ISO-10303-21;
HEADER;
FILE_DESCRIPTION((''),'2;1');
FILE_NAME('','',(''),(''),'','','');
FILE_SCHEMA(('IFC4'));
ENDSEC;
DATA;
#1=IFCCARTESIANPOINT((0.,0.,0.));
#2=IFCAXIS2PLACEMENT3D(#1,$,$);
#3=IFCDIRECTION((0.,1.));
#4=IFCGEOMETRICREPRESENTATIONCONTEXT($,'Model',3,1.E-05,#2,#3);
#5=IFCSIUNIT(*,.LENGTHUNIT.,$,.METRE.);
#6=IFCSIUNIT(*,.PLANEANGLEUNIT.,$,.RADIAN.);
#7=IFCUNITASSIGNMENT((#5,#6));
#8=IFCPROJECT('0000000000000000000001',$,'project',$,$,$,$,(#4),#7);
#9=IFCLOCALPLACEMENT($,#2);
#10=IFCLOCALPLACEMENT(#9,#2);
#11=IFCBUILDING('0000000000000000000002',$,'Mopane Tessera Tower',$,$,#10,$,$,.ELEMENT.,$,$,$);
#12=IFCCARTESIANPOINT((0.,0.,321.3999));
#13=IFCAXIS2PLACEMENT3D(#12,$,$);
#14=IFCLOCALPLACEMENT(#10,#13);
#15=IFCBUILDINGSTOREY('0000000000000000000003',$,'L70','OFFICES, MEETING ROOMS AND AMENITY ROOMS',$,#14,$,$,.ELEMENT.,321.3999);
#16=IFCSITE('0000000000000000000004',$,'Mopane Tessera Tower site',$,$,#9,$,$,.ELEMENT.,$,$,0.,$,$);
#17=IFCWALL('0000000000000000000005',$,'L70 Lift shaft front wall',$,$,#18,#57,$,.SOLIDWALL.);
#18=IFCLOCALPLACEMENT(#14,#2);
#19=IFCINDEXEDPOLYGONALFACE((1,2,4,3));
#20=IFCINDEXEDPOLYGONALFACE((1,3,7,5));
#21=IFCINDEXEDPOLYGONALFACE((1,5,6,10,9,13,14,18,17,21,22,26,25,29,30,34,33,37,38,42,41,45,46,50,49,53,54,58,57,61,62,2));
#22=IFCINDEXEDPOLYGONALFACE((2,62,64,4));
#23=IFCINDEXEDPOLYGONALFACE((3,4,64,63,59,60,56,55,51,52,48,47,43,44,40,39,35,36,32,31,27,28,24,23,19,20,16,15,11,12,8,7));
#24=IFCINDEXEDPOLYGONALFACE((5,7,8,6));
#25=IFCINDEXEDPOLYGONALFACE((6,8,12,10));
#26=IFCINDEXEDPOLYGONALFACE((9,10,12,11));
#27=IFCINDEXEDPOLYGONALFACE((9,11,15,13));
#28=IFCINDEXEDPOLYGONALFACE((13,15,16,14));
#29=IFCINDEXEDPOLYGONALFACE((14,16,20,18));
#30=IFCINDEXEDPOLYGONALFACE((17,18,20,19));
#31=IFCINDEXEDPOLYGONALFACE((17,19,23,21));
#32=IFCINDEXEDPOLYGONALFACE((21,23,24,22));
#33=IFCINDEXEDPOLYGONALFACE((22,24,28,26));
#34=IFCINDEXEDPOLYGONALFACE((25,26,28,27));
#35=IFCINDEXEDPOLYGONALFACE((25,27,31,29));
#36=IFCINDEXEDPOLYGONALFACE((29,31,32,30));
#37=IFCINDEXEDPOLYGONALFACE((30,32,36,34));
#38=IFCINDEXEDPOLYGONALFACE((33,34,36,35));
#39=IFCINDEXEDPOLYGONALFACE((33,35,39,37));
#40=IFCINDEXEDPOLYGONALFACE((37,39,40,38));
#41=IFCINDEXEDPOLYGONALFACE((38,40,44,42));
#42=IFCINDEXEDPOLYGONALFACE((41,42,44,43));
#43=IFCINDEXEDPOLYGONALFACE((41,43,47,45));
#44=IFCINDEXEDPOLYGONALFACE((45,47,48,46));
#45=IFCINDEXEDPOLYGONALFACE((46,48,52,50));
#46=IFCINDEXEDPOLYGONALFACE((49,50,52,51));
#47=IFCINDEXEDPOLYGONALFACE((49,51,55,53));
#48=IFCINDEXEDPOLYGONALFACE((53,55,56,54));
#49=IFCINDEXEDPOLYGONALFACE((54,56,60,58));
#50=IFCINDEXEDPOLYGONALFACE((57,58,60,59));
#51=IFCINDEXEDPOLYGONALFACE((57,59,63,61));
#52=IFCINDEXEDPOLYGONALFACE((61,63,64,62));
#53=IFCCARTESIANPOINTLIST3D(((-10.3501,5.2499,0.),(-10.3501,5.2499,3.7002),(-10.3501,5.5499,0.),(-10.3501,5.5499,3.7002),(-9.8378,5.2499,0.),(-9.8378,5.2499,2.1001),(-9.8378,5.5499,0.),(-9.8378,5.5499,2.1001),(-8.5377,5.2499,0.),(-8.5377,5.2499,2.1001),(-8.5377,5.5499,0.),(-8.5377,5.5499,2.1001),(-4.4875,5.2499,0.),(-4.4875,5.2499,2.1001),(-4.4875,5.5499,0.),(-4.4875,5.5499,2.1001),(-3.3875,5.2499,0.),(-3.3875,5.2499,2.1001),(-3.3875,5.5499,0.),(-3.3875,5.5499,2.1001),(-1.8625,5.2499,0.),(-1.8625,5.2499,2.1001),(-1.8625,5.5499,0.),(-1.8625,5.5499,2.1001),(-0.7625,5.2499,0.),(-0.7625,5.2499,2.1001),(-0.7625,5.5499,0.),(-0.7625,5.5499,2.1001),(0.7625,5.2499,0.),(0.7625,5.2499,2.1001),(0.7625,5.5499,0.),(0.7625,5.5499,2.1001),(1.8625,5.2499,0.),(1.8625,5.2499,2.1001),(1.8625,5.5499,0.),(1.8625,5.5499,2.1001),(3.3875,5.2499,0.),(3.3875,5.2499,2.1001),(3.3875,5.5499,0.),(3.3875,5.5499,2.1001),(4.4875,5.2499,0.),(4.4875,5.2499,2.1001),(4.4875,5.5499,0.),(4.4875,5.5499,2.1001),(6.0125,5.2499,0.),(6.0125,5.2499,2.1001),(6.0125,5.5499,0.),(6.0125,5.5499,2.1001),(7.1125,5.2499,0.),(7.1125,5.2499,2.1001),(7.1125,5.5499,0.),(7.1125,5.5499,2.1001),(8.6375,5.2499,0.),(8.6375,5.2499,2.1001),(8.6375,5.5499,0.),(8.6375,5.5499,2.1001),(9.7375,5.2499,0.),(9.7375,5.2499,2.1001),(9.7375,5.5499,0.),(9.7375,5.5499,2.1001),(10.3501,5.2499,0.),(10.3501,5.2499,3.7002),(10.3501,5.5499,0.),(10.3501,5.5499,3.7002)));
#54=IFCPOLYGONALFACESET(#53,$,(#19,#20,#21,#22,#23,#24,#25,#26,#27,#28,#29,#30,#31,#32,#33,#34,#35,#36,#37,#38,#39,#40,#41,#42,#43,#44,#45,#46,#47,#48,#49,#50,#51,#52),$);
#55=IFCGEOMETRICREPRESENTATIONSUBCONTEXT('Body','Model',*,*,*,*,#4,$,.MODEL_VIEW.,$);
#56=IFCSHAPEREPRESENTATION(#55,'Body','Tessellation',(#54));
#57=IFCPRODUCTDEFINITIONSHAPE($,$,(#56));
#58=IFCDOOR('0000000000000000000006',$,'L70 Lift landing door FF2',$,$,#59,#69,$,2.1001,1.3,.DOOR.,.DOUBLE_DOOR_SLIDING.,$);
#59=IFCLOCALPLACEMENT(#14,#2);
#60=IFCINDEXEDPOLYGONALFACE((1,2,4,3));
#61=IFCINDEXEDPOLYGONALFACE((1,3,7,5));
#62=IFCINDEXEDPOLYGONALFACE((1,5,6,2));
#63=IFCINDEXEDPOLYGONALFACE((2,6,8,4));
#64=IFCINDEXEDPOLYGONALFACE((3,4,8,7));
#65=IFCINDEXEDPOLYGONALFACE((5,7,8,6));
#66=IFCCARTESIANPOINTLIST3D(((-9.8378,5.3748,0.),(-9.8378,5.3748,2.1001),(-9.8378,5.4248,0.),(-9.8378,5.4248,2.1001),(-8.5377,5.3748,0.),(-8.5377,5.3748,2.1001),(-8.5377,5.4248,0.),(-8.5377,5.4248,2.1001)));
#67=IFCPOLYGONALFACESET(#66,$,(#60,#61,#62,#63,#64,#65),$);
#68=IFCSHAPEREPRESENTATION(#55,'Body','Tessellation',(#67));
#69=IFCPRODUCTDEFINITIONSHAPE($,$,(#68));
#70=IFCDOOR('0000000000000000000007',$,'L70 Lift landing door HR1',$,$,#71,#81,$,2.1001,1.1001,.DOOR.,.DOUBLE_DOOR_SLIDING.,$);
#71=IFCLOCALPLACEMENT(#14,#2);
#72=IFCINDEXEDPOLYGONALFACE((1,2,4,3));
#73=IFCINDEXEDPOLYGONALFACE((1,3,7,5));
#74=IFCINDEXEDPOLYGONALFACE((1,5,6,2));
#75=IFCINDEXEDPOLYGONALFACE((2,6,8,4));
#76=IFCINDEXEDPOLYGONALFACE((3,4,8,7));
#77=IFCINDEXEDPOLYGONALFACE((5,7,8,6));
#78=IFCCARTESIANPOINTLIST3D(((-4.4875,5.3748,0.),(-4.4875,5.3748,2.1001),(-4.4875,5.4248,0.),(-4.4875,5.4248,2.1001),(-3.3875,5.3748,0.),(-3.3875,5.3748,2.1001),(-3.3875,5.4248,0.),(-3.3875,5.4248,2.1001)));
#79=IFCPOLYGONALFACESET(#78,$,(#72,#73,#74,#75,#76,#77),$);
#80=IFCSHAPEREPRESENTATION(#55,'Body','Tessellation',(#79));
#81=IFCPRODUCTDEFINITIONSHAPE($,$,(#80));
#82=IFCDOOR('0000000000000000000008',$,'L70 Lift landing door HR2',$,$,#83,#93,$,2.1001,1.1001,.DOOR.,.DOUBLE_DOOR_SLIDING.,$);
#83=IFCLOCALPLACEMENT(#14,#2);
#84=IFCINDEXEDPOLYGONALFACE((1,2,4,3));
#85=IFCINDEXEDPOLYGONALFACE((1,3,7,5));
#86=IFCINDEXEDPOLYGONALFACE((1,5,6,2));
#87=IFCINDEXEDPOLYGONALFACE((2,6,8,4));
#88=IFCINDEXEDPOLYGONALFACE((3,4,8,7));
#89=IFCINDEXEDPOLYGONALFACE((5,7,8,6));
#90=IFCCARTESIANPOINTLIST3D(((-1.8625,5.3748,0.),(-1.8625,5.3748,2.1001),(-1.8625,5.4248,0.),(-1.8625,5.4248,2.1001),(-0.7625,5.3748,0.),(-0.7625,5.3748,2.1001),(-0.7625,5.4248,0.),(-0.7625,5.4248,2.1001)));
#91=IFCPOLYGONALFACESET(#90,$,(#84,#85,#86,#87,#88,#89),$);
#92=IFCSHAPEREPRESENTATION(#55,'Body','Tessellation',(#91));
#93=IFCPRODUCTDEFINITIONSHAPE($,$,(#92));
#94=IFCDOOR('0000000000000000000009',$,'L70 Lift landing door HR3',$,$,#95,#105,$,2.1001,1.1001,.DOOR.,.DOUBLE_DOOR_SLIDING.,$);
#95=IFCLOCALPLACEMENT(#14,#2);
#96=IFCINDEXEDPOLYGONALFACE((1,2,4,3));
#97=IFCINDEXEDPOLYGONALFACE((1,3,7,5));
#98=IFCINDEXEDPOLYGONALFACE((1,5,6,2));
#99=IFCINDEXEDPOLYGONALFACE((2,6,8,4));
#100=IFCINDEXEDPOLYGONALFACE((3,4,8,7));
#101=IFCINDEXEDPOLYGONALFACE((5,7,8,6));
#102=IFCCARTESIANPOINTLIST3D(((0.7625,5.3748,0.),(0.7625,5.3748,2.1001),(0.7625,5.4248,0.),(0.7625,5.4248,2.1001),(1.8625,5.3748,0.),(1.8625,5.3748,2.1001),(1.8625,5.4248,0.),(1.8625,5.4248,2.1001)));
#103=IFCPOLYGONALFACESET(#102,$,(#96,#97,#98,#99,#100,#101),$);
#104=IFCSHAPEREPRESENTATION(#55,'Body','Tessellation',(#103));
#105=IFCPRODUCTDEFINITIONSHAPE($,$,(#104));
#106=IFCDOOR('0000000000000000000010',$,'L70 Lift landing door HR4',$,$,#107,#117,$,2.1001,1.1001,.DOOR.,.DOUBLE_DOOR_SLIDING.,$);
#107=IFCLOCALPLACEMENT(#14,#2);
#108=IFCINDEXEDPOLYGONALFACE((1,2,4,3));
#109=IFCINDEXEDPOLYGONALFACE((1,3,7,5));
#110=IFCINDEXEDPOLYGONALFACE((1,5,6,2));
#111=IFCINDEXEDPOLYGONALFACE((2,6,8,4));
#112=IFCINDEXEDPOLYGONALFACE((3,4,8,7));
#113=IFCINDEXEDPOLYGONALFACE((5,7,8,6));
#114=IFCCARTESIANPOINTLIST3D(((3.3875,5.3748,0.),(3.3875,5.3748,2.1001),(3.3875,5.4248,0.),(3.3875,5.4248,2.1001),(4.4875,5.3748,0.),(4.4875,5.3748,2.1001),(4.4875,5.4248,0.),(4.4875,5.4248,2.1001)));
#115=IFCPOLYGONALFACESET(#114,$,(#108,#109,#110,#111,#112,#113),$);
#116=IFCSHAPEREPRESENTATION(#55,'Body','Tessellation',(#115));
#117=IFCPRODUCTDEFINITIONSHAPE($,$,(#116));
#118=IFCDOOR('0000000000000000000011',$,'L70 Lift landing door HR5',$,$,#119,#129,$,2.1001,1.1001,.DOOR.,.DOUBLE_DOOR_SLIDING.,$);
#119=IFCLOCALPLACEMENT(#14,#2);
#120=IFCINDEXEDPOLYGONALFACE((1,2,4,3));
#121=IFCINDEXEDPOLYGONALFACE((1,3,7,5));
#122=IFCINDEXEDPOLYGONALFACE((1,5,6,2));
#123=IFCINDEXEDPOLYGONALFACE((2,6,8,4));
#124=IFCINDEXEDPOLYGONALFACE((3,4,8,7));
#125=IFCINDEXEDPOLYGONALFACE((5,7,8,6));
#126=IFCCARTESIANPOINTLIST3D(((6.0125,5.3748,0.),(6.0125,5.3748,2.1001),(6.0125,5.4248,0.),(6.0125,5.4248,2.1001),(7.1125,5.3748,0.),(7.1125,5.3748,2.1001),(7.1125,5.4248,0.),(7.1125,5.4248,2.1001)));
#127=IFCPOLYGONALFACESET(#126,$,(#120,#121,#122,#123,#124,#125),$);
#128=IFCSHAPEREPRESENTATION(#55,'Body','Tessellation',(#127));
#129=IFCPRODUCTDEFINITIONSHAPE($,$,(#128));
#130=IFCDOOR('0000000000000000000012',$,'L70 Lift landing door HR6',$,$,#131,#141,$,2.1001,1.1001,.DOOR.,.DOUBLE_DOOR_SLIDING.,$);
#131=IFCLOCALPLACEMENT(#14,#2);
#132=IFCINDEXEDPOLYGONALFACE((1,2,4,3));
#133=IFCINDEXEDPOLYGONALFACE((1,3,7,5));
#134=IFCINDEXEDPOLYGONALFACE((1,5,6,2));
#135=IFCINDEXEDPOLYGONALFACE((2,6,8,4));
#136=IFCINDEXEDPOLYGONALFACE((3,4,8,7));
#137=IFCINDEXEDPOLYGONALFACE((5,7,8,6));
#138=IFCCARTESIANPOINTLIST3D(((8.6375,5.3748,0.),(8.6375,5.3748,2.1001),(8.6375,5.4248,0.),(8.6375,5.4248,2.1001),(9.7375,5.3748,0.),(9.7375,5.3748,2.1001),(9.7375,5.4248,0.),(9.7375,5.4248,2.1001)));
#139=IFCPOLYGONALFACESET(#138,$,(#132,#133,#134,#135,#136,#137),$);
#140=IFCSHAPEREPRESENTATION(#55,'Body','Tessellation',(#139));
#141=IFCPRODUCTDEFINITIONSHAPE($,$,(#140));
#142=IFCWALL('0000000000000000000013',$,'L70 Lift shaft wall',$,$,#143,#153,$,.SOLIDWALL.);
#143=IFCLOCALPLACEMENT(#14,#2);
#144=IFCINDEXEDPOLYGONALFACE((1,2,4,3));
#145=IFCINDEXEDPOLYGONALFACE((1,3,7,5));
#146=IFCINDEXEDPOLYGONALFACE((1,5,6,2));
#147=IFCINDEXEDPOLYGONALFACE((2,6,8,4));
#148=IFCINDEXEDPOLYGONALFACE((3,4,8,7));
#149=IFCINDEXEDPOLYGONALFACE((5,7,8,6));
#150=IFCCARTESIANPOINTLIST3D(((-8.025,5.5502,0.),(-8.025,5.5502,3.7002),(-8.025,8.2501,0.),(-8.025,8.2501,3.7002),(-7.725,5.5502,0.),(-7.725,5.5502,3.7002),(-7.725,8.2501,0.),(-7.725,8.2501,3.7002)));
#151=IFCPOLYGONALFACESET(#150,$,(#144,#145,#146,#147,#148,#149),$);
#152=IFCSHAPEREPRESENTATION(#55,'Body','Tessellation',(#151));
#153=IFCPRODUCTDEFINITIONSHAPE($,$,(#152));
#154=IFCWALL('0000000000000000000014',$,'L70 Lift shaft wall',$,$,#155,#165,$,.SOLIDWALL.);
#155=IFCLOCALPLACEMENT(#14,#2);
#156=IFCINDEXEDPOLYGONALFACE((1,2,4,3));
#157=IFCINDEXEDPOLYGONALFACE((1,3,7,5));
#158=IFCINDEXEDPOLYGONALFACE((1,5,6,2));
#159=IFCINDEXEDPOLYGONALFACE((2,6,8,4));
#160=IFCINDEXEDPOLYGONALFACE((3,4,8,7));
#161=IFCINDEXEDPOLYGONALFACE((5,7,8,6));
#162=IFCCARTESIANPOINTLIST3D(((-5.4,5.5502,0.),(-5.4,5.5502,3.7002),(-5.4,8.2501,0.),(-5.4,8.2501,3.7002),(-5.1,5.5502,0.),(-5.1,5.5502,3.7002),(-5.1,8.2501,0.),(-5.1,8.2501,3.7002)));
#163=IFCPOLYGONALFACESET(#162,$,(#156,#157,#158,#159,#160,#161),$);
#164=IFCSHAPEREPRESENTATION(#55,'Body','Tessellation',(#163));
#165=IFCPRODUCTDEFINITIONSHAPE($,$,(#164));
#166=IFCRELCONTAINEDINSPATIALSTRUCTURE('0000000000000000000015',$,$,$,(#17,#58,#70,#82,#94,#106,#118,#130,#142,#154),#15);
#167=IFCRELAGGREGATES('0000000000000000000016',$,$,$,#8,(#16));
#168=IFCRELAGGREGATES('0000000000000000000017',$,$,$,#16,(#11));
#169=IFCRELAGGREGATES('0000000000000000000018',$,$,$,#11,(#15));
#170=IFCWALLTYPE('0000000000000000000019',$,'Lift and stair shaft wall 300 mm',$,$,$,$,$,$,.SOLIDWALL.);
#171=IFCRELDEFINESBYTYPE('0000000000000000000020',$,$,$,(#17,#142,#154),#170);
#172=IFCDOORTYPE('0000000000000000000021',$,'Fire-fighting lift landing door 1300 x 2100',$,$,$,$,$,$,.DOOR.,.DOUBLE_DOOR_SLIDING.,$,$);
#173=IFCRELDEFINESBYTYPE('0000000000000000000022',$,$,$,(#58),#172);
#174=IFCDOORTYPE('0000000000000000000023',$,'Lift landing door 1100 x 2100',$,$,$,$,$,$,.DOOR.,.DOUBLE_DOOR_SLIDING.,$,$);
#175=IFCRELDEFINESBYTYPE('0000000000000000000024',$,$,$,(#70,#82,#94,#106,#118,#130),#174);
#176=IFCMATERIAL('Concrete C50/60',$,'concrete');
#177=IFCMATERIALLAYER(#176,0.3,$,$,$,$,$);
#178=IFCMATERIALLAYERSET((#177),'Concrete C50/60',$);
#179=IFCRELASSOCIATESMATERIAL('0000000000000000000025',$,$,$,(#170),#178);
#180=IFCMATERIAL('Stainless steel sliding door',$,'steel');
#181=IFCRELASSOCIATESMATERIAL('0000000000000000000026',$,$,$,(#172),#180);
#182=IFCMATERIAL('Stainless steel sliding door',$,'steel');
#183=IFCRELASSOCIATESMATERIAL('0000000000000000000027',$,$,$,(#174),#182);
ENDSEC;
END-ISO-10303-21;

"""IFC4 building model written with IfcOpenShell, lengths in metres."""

from ifc_helpers import new_model, si_unit, direction, frame, frame_2d, origin, place, context, subcontext, project, spatial, rectangle, extrude, material, layer, layer_set, type_object, element, fill, save


model = new_model("IFC4")

# Units and contexts
model_context = context("Model", 3, precision=1e-05, world=origin(), true_north=direction((0.0, 1.0)))
body_context = subcontext(model_context, "Body", "Model", "MODEL_VIEW")
ifc_project = project(units=[si_unit("LENGTHUNIT", "METRE"), si_unit("PLANEANGLEUNIT", "RADIAN")], contexts=[model_context])

# Site, building, storey
site_placement = place(None, origin())
site = spatial("IfcSite", under=ifc_project, at=site_placement, Name="Mopane Tessera Tower site", CompositionType="ELEMENT", RefElevation=0.0)
building_placement = place(site_placement, origin())
building = spatial("IfcBuilding", under=site, at=building_placement, Name="Mopane Tessera Tower", CompositionType="ELEMENT")
storey_placement = place(building_placement, frame((0.0, 0.0, 321.3999)))
storey = spatial("IfcBuildingStorey", under=building, at=storey_placement, Name="L70", Description="OFFICES, MEETING ROOMS AND AMENITY ROOMS", CompositionType="ELEMENT", Elevation=321.3999)

# Shared definitions
ifc_material_1 = material(Name="Concrete C50/60", Category="concrete")
ifc_layer_1 = layer(ifc_material_1, 0.3)
ifc_layer_set_1 = layer_set([ifc_layer_1], Name="Concrete C50/60")
wall_type_1 = type_object("IfcWallType", Name="Lift and stair shaft wall 300 mm", PredefinedType="SOLIDWALL", material=ifc_layer_set_1)

# Wall, openings, doors
ifc_material_2 = material(Name="Stainless steel sliding door", Category="steel")
door_type_1 = type_object("IfcDoorType", Name="Fire-fighting lift landing door 1300 x 2100", OperationType="DOUBLE_DOOR_SLIDING", PredefinedType="DOOR", material=ifc_material_2)
wall_1_placement = place(storey_placement, frame((-10.3501, 5.3999, 0.0), z_axis=(0.0, 0.0, 1.0), x_axis=(1.0, 0.0, 0.0)))
wall_1 = element("IfcWall", 1, at=wall_1_placement, inside=storey, type_object=wall_type_1, Name="L70 Lift shaft front wall", PredefinedType="SOLIDWALL", context=body_context, shape_type="SweptSolid", body=[
    extrude(rectangle(XDim=20.7002, YDim=0.3, at=frame_2d((10.3501, 0.0))), origin(), (0.0, 0.0, 1.0), 3.7002),
])
opening_1_placement = place(wall_1_placement, frame((0.5125, 0.0, 0.0)))
opening_1 = element("IfcOpeningElement", 2, at=opening_1_placement, cuts=wall_1, PredefinedType="OPENING", context=body_context, shape_type="SweptSolid", body=[
    extrude(rectangle(XDim=1.3, YDim=2.1001, at=frame_2d((0.6499, 1.05))), frame((0.0, 0.1621, 0.0), z_axis=(0.0, -1.0, 0.0), x_axis=(1.0, 0.0, 0.0)), (0.0, 0.0, 1.0), 0.324),
])
opening_2_placement = place(wall_1_placement, frame((5.8625, 0.0, 0.0)))
opening_2 = element("IfcOpeningElement", 3, at=opening_2_placement, cuts=wall_1, PredefinedType="OPENING", context=body_context, shape_type="SweptSolid", body=[
    extrude(rectangle(XDim=1.1001, YDim=2.1001, at=frame_2d((0.55, 1.05))), frame((0.0, 0.1621, 0.0), z_axis=(0.0, -1.0, 0.0), x_axis=(1.0, 0.0, 0.0)), (0.0, 0.0, 1.0), 0.324),
])
opening_3_placement = place(wall_1_placement, frame((8.4875, 0.0, 0.0)))
opening_3 = element("IfcOpeningElement", 4, at=opening_3_placement, cuts=wall_1, PredefinedType="OPENING", context=body_context, shape_type="SweptSolid", body=[
    extrude(rectangle(XDim=1.1001, YDim=2.1001, at=frame_2d((0.55, 1.05))), frame((0.0, 0.1621, 0.0), z_axis=(0.0, -1.0, 0.0), x_axis=(1.0, 0.0, 0.0)), (0.0, 0.0, 1.0), 0.324),
])
opening_4_placement = place(wall_1_placement, frame((11.1125, 0.0, 0.0)))
opening_4 = element("IfcOpeningElement", 5, at=opening_4_placement, cuts=wall_1, PredefinedType="OPENING", context=body_context, shape_type="SweptSolid", body=[
    extrude(rectangle(XDim=1.1001, YDim=2.1001, at=frame_2d((0.55, 1.05))), frame((0.0, 0.1621, 0.0), z_axis=(0.0, -1.0, 0.0), x_axis=(1.0, 0.0, 0.0)), (0.0, 0.0, 1.0), 0.324),
])
opening_5_placement = place(wall_1_placement, frame((13.7375, 0.0, 0.0)))
opening_5 = element("IfcOpeningElement", 6, at=opening_5_placement, cuts=wall_1, PredefinedType="OPENING", context=body_context, shape_type="SweptSolid", body=[
    extrude(rectangle(XDim=1.1001, YDim=2.1001, at=frame_2d((0.55, 1.05))), frame((0.0, 0.1621, 0.0), z_axis=(0.0, -1.0, 0.0), x_axis=(1.0, 0.0, 0.0)), (0.0, 0.0, 1.0), 0.324),
])
opening_6_placement = place(wall_1_placement, frame((16.3625, 0.0, 0.0)))
opening_6 = element("IfcOpeningElement", 7, at=opening_6_placement, cuts=wall_1, PredefinedType="OPENING", context=body_context, shape_type="SweptSolid", body=[
    extrude(rectangle(XDim=1.1001, YDim=2.1001, at=frame_2d((0.55, 1.05))), frame((0.0, 0.1621, 0.0), z_axis=(0.0, -1.0, 0.0), x_axis=(1.0, 0.0, 0.0)), (0.0, 0.0, 1.0), 0.324),
])
opening_7_placement = place(wall_1_placement, frame((18.9875, 0.0, 0.0)))
opening_7 = element("IfcOpeningElement", 8, at=opening_7_placement, cuts=wall_1, PredefinedType="OPENING", context=body_context, shape_type="SweptSolid", body=[
    extrude(rectangle(XDim=1.1001, YDim=2.1001, at=frame_2d((0.55, 1.05))), frame((0.0, 0.1621, 0.0), z_axis=(0.0, -1.0, 0.0), x_axis=(1.0, 0.0, 0.0)), (0.0, 0.0, 1.0), 0.324),
])
door_1_placement = place(opening_1_placement, origin())
door_1 = element("IfcDoor", 9, at=door_1_placement, inside=storey, type_object=door_type_1, Name="L70 Lift landing door FF2", OperationType="DOUBLE_DOOR_SLIDING", OverallHeight=2.1001, OverallWidth=1.3, PredefinedType="DOOR", context=body_context, shape_type="SweptSolid", body=[
    extrude(rectangle(XDim=1.3, YDim=2.1001, at=frame_2d((0.6499, 1.05))), frame((0.0, 0.0249, 0.0), z_axis=(0.0, -1.0, 0.0), x_axis=(1.0, 0.0, 0.0)), (0.0, 0.0, 1.0), 0.05),
])
fill(opening_1, door_1)
ifc_material_3 = material(Name="Stainless steel sliding door", Category="steel")
door_type_2 = type_object("IfcDoorType", Name="Lift landing door 1100 x 2100", OperationType="DOUBLE_DOOR_SLIDING", PredefinedType="DOOR", material=ifc_material_3)
door_2_placement = place(opening_2_placement, origin())
door_2 = element("IfcDoor", 10, at=door_2_placement, inside=storey, type_object=door_type_2, Name="L70 Lift landing door HR1", OperationType="DOUBLE_DOOR_SLIDING", OverallHeight=2.1001, OverallWidth=1.1001, PredefinedType="DOOR", context=body_context, shape_type="SweptSolid", body=[
    extrude(rectangle(XDim=1.1001, YDim=2.1001, at=frame_2d((0.55, 1.05))), frame((0.0, 0.0249, 0.0), z_axis=(0.0, -1.0, 0.0), x_axis=(1.0, 0.0, 0.0)), (0.0, 0.0, 1.0), 0.05),
])
fill(opening_2, door_2)
door_3_placement = place(opening_3_placement, origin())
door_3 = element("IfcDoor", 11, at=door_3_placement, inside=storey, type_object=door_type_2, Name="L70 Lift landing door HR2", OperationType="DOUBLE_DOOR_SLIDING", OverallHeight=2.1001, OverallWidth=1.1001, PredefinedType="DOOR", context=body_context, shape_type="SweptSolid", body=[
    extrude(rectangle(XDim=1.1001, YDim=2.1001, at=frame_2d((0.55, 1.05))), frame((0.0, 0.0249, 0.0), z_axis=(0.0, -1.0, 0.0), x_axis=(1.0, 0.0, 0.0)), (0.0, 0.0, 1.0), 0.05),
])
fill(opening_3, door_3)
door_4_placement = place(opening_4_placement, origin())
door_4 = element("IfcDoor", 12, at=door_4_placement, inside=storey, type_object=door_type_2, Name="L70 Lift landing door HR3", OperationType="DOUBLE_DOOR_SLIDING", OverallHeight=2.1001, OverallWidth=1.1001, PredefinedType="DOOR", context=body_context, shape_type="SweptSolid", body=[
    extrude(rectangle(XDim=1.1001, YDim=2.1001, at=frame_2d((0.55, 1.05))), frame((0.0, 0.0249, 0.0), z_axis=(0.0, -1.0, 0.0), x_axis=(1.0, 0.0, 0.0)), (0.0, 0.0, 1.0), 0.05),
])
fill(opening_4, door_4)
door_5_placement = place(opening_5_placement, origin())
door_5 = element("IfcDoor", 13, at=door_5_placement, inside=storey, type_object=door_type_2, Name="L70 Lift landing door HR4", OperationType="DOUBLE_DOOR_SLIDING", OverallHeight=2.1001, OverallWidth=1.1001, PredefinedType="DOOR", context=body_context, shape_type="SweptSolid", body=[
    extrude(rectangle(XDim=1.1001, YDim=2.1001, at=frame_2d((0.55, 1.05))), frame((0.0, 0.0249, 0.0), z_axis=(0.0, -1.0, 0.0), x_axis=(1.0, 0.0, 0.0)), (0.0, 0.0, 1.0), 0.05),
])
fill(opening_5, door_5)
door_6_placement = place(opening_6_placement, origin())
door_6 = element("IfcDoor", 14, at=door_6_placement, inside=storey, type_object=door_type_2, Name="L70 Lift landing door HR5", OperationType="DOUBLE_DOOR_SLIDING", OverallHeight=2.1001, OverallWidth=1.1001, PredefinedType="DOOR", context=body_context, shape_type="SweptSolid", body=[
    extrude(rectangle(XDim=1.1001, YDim=2.1001, at=frame_2d((0.55, 1.05))), frame((0.0, 0.0249, 0.0), z_axis=(0.0, -1.0, 0.0), x_axis=(1.0, 0.0, 0.0)), (0.0, 0.0, 1.0), 0.05),
])
fill(opening_6, door_6)
door_7_placement = place(opening_7_placement, origin())
door_7 = element("IfcDoor", 15, at=door_7_placement, inside=storey, type_object=door_type_2, Name="L70 Lift landing door HR6", OperationType="DOUBLE_DOOR_SLIDING", OverallHeight=2.1001, OverallWidth=1.1001, PredefinedType="DOOR", context=body_context, shape_type="SweptSolid", body=[
    extrude(rectangle(XDim=1.1001, YDim=2.1001, at=frame_2d((0.55, 1.05))), frame((0.0, 0.0249, 0.0), z_axis=(0.0, -1.0, 0.0), x_axis=(1.0, 0.0, 0.0)), (0.0, 0.0, 1.0), 0.05),
])
fill(opening_7, door_7)

# Walls
for number, where, z_axis, x_axis, name in (
    (16, (-7.875, 5.55, 0.0), (0.0, 0.0, 1.0), (0.0, 1.0, 0.0), "L70 Lift shaft wall"),
    (17, (-5.25, 5.55, 0.0), (0.0, 0.0, 1.0), (0.0, 1.0, 0.0), "L70 Lift shaft wall"),
):
    element("IfcWall", number, at=place(storey_placement, frame(where, z_axis=z_axis, x_axis=x_axis)), inside=storey, type_object=wall_type_1, Name=name, PredefinedType="SOLIDWALL", context=body_context, shape_type="SweptSolid", body=[
        extrude(rectangle(XDim=2.7, YDim=0.3, at=frame_2d((1.3501, 0.0))), origin(), (0.0, 0.0, 1.0), 3.7002),
    ])

save(model, "model.ifc")
